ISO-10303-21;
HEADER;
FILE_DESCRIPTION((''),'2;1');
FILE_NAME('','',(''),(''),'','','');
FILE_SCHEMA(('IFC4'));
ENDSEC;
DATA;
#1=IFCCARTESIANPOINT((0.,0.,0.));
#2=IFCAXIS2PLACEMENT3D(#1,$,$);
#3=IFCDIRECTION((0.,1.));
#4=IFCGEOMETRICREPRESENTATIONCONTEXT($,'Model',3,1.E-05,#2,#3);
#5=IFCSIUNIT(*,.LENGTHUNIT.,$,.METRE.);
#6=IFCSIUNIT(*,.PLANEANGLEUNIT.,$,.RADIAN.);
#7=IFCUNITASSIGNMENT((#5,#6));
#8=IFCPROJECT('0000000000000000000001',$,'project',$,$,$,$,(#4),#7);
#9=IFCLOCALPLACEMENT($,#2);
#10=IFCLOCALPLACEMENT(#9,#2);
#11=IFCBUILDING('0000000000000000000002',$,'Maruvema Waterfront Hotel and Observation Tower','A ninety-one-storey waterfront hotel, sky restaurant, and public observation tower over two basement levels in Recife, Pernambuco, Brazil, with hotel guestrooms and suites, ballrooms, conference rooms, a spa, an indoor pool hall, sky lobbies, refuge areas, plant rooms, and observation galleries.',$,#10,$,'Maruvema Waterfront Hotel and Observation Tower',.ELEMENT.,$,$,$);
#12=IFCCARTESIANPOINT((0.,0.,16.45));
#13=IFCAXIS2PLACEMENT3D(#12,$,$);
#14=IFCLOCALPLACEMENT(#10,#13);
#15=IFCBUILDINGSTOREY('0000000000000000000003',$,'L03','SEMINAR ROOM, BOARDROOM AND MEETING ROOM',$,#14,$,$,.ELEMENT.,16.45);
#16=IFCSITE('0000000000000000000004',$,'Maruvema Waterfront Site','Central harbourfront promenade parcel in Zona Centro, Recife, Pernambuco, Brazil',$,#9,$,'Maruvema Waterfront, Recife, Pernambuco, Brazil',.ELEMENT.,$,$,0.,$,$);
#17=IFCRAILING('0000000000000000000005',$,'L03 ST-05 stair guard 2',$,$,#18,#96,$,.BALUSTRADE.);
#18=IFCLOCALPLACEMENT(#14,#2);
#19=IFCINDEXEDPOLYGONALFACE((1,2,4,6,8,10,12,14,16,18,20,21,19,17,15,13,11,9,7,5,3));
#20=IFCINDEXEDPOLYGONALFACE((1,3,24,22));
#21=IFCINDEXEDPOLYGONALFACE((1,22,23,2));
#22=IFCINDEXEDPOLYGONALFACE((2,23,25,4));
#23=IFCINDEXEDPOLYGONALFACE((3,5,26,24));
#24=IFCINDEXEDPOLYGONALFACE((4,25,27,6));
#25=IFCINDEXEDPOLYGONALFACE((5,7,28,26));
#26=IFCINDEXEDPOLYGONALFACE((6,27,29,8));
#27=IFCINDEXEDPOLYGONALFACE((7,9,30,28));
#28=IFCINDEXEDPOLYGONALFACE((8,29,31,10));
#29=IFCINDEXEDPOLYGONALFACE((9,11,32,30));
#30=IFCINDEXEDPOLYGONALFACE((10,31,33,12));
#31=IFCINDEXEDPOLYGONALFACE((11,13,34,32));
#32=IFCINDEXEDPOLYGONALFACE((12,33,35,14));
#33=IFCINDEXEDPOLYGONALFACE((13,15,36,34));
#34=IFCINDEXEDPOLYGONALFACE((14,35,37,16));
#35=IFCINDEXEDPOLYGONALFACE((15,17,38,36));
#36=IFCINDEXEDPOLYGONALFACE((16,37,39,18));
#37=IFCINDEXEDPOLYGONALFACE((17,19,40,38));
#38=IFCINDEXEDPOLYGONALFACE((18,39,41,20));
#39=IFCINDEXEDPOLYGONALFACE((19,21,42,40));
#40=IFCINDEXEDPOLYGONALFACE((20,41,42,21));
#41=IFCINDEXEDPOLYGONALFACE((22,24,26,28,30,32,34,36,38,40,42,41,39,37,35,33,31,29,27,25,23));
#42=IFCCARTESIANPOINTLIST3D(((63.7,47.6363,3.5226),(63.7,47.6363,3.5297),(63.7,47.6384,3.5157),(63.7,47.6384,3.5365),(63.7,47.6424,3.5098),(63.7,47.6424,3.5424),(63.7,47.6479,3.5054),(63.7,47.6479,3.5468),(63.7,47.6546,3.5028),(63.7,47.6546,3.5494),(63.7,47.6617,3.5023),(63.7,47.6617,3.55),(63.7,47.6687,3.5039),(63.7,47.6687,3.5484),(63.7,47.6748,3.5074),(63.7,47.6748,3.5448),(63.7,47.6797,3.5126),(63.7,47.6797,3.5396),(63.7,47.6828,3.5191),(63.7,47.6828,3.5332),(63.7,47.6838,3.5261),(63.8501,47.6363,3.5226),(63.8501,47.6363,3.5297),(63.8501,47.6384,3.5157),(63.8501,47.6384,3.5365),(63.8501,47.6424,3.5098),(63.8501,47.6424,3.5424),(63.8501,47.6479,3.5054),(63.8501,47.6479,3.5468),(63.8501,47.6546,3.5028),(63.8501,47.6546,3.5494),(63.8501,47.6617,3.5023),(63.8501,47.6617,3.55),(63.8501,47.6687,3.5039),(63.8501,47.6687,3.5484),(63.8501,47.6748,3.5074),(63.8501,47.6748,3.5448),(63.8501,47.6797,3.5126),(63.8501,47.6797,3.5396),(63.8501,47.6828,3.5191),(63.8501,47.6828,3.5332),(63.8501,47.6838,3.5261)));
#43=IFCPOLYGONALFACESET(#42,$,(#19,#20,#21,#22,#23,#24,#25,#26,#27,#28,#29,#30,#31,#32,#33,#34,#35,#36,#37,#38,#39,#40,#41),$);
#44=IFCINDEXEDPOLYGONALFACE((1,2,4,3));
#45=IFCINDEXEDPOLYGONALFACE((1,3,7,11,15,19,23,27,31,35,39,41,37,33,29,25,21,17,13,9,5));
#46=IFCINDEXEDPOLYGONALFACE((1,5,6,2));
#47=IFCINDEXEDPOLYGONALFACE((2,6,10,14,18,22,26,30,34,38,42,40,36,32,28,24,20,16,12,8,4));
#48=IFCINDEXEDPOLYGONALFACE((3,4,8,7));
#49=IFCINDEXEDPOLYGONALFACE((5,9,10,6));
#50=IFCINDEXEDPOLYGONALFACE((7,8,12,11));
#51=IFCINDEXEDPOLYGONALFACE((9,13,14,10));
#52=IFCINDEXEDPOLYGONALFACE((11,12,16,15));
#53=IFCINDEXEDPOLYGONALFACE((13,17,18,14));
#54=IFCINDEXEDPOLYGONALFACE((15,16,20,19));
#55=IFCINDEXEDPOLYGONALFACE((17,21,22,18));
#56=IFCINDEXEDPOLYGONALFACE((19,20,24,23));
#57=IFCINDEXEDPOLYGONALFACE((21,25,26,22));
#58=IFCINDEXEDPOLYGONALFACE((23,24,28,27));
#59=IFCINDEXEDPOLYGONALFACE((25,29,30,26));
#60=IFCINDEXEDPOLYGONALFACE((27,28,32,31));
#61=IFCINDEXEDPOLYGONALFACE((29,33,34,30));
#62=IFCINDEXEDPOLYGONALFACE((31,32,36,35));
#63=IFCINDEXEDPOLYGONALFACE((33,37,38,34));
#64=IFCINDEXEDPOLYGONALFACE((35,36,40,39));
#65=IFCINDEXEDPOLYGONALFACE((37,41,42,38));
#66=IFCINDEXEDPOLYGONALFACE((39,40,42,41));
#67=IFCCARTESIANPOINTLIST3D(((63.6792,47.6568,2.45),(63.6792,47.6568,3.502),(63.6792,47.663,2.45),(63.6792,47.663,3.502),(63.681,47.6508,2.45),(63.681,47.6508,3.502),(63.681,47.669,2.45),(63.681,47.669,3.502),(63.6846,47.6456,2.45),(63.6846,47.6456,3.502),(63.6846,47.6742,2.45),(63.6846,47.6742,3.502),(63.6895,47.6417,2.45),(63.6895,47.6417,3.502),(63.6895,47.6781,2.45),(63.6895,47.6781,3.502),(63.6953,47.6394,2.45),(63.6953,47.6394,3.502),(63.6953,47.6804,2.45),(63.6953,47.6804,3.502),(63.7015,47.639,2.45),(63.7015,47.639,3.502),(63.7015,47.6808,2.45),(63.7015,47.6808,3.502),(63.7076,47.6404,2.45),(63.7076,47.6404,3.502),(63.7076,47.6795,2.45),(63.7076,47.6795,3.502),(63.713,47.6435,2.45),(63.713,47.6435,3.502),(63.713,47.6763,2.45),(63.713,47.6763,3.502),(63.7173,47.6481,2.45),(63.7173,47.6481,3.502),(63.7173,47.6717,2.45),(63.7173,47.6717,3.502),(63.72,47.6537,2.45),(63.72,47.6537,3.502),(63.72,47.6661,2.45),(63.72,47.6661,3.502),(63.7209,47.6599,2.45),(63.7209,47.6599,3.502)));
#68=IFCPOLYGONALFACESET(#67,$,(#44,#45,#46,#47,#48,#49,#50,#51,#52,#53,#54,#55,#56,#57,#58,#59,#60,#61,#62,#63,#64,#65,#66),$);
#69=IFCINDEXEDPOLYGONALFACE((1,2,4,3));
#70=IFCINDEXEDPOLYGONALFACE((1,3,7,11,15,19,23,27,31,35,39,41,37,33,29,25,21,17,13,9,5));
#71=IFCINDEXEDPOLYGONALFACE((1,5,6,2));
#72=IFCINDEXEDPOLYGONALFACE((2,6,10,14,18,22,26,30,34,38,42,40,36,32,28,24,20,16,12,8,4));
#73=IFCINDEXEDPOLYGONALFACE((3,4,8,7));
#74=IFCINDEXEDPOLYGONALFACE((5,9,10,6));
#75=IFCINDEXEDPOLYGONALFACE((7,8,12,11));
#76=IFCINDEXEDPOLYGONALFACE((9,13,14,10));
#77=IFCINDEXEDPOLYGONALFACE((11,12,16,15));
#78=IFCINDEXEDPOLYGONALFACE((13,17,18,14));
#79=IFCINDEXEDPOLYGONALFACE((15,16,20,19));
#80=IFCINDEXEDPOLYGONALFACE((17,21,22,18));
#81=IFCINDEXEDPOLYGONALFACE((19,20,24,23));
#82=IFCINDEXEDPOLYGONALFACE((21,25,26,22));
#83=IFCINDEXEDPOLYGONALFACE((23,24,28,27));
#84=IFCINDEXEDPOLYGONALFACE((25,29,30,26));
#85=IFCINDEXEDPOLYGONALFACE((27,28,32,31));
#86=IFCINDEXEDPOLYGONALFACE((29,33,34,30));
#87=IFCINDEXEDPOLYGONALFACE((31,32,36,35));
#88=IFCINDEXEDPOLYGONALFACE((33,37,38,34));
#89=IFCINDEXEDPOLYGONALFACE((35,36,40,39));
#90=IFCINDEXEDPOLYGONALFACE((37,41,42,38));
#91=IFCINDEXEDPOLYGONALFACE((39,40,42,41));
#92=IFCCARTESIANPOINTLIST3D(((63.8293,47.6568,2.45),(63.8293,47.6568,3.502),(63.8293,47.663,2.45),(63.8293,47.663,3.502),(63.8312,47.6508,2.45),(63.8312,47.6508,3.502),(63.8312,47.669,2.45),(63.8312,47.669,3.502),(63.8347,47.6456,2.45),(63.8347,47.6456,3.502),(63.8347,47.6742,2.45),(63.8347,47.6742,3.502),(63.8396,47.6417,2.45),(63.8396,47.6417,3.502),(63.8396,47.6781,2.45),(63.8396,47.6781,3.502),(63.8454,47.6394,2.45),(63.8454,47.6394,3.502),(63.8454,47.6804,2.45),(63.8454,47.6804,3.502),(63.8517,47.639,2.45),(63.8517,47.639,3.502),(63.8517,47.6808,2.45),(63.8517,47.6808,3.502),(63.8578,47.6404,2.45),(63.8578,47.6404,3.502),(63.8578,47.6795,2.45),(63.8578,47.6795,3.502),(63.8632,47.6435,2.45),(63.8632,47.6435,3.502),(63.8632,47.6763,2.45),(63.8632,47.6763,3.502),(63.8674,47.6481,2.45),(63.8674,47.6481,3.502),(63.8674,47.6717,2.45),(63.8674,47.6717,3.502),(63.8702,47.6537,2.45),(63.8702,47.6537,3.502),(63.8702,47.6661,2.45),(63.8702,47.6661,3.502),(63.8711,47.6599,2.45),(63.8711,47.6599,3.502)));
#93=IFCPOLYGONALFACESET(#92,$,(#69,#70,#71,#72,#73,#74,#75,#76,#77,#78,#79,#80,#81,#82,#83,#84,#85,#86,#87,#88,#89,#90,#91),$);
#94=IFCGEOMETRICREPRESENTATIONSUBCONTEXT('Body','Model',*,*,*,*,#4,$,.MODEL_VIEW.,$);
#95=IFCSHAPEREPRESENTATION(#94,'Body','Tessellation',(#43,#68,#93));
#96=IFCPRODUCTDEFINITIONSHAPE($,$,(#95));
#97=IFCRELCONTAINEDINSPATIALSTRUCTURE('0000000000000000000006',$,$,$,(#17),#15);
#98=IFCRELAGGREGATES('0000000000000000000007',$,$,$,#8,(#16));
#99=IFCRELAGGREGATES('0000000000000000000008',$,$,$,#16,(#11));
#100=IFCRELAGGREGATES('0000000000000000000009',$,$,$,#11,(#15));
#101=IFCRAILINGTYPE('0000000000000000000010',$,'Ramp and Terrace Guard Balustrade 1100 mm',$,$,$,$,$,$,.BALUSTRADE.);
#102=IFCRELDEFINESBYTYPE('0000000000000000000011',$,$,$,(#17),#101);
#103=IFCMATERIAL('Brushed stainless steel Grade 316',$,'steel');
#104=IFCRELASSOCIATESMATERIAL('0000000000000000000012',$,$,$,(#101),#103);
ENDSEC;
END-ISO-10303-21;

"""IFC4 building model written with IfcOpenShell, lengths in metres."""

from ifc_helpers import new_model, si_unit, direction, frame, origin, origin_2d, place, context, subcontext, project, spatial, circle, extrude, material, type_object, element, save


model = new_model("IFC4")

# Units and contexts
model_context = context("Model", 3, precision=1e-05, world=origin(), true_north=direction((0.0, 1.0)))
body_context = subcontext(model_context, "Body", "Model", "MODEL_VIEW")
ifc_project = project(units=[si_unit("LENGTHUNIT", "METRE"), si_unit("PLANEANGLEUNIT", "RADIAN")], contexts=[model_context])

# Site, building, storey
site_placement = place(None, origin())
site = spatial("IfcSite", under=ifc_project, at=site_placement, Name="Maruvema Waterfront Site", Description="Central harbourfront promenade parcel in Zona Centro, Recife, Pernambuco, Brazil", LongName="Maruvema Waterfront, Recife, Pernambuco, Brazil", CompositionType="ELEMENT", RefElevation=0.0)
building_placement = place(site_placement, origin())
building = spatial("IfcBuilding", under=site, at=building_placement, Name="Maruvema Waterfront Hotel and Observation Tower", Description="A ninety-one-storey waterfront hotel, sky restaurant, and public observation tower over two basement levels in Recife, Pernambuco, Brazil, with hotel guestrooms and suites, ballrooms, conference rooms, a spa, an indoor pool hall, sky lobbies, refuge areas, plant rooms, and observation galleries.", LongName="Maruvema Waterfront Hotel and Observation Tower", CompositionType="ELEMENT")
storey_placement = place(building_placement, frame((0.0, 0.0, 16.45)))
storey = spatial("IfcBuildingStorey", under=building, at=storey_placement, Name="L03", Description="SEMINAR ROOM, BOARDROOM AND MEETING ROOM", CompositionType="ELEMENT", Elevation=16.45)

# Railing
ifc_material_1 = material(Name="Brushed stainless steel Grade 316", Category="steel")
railing_type_1 = type_object("IfcRailingType", Name="Ramp and Terrace Guard Balustrade 1100 mm", PredefinedType="BALUSTRADE", material=ifc_material_1)
railing_1_placement = place(storey_placement, frame((63.7, 47.6599, 2.45)))
element("IfcRailing", 1, at=railing_1_placement, inside=storey, type_object=railing_type_1, Name="L03 ST-05 stair guard 2", PredefinedType="BALUSTRADE", context=body_context, shape_type="SweptSolid", body=[
    extrude(circle(Radius=0.0239, at=origin_2d()), frame((0.0, 0.0, 1.0762), z_axis=(1.0, 0.0, 0.0), x_axis=(0.0, 1.0, 0.0)), (0.0, 0.0, 1.0), 0.1501),
    extrude(circle(Radius=0.021, at=origin_2d()), origin(), (0.0, 0.0, 1.0), 1.052),
    extrude(circle(Radius=0.021, at=origin_2d()), frame((0.1501, 0.0, 0.0)), (0.0, 0.0, 1.0), 1.052),
])

save(model, "model.ifc")
